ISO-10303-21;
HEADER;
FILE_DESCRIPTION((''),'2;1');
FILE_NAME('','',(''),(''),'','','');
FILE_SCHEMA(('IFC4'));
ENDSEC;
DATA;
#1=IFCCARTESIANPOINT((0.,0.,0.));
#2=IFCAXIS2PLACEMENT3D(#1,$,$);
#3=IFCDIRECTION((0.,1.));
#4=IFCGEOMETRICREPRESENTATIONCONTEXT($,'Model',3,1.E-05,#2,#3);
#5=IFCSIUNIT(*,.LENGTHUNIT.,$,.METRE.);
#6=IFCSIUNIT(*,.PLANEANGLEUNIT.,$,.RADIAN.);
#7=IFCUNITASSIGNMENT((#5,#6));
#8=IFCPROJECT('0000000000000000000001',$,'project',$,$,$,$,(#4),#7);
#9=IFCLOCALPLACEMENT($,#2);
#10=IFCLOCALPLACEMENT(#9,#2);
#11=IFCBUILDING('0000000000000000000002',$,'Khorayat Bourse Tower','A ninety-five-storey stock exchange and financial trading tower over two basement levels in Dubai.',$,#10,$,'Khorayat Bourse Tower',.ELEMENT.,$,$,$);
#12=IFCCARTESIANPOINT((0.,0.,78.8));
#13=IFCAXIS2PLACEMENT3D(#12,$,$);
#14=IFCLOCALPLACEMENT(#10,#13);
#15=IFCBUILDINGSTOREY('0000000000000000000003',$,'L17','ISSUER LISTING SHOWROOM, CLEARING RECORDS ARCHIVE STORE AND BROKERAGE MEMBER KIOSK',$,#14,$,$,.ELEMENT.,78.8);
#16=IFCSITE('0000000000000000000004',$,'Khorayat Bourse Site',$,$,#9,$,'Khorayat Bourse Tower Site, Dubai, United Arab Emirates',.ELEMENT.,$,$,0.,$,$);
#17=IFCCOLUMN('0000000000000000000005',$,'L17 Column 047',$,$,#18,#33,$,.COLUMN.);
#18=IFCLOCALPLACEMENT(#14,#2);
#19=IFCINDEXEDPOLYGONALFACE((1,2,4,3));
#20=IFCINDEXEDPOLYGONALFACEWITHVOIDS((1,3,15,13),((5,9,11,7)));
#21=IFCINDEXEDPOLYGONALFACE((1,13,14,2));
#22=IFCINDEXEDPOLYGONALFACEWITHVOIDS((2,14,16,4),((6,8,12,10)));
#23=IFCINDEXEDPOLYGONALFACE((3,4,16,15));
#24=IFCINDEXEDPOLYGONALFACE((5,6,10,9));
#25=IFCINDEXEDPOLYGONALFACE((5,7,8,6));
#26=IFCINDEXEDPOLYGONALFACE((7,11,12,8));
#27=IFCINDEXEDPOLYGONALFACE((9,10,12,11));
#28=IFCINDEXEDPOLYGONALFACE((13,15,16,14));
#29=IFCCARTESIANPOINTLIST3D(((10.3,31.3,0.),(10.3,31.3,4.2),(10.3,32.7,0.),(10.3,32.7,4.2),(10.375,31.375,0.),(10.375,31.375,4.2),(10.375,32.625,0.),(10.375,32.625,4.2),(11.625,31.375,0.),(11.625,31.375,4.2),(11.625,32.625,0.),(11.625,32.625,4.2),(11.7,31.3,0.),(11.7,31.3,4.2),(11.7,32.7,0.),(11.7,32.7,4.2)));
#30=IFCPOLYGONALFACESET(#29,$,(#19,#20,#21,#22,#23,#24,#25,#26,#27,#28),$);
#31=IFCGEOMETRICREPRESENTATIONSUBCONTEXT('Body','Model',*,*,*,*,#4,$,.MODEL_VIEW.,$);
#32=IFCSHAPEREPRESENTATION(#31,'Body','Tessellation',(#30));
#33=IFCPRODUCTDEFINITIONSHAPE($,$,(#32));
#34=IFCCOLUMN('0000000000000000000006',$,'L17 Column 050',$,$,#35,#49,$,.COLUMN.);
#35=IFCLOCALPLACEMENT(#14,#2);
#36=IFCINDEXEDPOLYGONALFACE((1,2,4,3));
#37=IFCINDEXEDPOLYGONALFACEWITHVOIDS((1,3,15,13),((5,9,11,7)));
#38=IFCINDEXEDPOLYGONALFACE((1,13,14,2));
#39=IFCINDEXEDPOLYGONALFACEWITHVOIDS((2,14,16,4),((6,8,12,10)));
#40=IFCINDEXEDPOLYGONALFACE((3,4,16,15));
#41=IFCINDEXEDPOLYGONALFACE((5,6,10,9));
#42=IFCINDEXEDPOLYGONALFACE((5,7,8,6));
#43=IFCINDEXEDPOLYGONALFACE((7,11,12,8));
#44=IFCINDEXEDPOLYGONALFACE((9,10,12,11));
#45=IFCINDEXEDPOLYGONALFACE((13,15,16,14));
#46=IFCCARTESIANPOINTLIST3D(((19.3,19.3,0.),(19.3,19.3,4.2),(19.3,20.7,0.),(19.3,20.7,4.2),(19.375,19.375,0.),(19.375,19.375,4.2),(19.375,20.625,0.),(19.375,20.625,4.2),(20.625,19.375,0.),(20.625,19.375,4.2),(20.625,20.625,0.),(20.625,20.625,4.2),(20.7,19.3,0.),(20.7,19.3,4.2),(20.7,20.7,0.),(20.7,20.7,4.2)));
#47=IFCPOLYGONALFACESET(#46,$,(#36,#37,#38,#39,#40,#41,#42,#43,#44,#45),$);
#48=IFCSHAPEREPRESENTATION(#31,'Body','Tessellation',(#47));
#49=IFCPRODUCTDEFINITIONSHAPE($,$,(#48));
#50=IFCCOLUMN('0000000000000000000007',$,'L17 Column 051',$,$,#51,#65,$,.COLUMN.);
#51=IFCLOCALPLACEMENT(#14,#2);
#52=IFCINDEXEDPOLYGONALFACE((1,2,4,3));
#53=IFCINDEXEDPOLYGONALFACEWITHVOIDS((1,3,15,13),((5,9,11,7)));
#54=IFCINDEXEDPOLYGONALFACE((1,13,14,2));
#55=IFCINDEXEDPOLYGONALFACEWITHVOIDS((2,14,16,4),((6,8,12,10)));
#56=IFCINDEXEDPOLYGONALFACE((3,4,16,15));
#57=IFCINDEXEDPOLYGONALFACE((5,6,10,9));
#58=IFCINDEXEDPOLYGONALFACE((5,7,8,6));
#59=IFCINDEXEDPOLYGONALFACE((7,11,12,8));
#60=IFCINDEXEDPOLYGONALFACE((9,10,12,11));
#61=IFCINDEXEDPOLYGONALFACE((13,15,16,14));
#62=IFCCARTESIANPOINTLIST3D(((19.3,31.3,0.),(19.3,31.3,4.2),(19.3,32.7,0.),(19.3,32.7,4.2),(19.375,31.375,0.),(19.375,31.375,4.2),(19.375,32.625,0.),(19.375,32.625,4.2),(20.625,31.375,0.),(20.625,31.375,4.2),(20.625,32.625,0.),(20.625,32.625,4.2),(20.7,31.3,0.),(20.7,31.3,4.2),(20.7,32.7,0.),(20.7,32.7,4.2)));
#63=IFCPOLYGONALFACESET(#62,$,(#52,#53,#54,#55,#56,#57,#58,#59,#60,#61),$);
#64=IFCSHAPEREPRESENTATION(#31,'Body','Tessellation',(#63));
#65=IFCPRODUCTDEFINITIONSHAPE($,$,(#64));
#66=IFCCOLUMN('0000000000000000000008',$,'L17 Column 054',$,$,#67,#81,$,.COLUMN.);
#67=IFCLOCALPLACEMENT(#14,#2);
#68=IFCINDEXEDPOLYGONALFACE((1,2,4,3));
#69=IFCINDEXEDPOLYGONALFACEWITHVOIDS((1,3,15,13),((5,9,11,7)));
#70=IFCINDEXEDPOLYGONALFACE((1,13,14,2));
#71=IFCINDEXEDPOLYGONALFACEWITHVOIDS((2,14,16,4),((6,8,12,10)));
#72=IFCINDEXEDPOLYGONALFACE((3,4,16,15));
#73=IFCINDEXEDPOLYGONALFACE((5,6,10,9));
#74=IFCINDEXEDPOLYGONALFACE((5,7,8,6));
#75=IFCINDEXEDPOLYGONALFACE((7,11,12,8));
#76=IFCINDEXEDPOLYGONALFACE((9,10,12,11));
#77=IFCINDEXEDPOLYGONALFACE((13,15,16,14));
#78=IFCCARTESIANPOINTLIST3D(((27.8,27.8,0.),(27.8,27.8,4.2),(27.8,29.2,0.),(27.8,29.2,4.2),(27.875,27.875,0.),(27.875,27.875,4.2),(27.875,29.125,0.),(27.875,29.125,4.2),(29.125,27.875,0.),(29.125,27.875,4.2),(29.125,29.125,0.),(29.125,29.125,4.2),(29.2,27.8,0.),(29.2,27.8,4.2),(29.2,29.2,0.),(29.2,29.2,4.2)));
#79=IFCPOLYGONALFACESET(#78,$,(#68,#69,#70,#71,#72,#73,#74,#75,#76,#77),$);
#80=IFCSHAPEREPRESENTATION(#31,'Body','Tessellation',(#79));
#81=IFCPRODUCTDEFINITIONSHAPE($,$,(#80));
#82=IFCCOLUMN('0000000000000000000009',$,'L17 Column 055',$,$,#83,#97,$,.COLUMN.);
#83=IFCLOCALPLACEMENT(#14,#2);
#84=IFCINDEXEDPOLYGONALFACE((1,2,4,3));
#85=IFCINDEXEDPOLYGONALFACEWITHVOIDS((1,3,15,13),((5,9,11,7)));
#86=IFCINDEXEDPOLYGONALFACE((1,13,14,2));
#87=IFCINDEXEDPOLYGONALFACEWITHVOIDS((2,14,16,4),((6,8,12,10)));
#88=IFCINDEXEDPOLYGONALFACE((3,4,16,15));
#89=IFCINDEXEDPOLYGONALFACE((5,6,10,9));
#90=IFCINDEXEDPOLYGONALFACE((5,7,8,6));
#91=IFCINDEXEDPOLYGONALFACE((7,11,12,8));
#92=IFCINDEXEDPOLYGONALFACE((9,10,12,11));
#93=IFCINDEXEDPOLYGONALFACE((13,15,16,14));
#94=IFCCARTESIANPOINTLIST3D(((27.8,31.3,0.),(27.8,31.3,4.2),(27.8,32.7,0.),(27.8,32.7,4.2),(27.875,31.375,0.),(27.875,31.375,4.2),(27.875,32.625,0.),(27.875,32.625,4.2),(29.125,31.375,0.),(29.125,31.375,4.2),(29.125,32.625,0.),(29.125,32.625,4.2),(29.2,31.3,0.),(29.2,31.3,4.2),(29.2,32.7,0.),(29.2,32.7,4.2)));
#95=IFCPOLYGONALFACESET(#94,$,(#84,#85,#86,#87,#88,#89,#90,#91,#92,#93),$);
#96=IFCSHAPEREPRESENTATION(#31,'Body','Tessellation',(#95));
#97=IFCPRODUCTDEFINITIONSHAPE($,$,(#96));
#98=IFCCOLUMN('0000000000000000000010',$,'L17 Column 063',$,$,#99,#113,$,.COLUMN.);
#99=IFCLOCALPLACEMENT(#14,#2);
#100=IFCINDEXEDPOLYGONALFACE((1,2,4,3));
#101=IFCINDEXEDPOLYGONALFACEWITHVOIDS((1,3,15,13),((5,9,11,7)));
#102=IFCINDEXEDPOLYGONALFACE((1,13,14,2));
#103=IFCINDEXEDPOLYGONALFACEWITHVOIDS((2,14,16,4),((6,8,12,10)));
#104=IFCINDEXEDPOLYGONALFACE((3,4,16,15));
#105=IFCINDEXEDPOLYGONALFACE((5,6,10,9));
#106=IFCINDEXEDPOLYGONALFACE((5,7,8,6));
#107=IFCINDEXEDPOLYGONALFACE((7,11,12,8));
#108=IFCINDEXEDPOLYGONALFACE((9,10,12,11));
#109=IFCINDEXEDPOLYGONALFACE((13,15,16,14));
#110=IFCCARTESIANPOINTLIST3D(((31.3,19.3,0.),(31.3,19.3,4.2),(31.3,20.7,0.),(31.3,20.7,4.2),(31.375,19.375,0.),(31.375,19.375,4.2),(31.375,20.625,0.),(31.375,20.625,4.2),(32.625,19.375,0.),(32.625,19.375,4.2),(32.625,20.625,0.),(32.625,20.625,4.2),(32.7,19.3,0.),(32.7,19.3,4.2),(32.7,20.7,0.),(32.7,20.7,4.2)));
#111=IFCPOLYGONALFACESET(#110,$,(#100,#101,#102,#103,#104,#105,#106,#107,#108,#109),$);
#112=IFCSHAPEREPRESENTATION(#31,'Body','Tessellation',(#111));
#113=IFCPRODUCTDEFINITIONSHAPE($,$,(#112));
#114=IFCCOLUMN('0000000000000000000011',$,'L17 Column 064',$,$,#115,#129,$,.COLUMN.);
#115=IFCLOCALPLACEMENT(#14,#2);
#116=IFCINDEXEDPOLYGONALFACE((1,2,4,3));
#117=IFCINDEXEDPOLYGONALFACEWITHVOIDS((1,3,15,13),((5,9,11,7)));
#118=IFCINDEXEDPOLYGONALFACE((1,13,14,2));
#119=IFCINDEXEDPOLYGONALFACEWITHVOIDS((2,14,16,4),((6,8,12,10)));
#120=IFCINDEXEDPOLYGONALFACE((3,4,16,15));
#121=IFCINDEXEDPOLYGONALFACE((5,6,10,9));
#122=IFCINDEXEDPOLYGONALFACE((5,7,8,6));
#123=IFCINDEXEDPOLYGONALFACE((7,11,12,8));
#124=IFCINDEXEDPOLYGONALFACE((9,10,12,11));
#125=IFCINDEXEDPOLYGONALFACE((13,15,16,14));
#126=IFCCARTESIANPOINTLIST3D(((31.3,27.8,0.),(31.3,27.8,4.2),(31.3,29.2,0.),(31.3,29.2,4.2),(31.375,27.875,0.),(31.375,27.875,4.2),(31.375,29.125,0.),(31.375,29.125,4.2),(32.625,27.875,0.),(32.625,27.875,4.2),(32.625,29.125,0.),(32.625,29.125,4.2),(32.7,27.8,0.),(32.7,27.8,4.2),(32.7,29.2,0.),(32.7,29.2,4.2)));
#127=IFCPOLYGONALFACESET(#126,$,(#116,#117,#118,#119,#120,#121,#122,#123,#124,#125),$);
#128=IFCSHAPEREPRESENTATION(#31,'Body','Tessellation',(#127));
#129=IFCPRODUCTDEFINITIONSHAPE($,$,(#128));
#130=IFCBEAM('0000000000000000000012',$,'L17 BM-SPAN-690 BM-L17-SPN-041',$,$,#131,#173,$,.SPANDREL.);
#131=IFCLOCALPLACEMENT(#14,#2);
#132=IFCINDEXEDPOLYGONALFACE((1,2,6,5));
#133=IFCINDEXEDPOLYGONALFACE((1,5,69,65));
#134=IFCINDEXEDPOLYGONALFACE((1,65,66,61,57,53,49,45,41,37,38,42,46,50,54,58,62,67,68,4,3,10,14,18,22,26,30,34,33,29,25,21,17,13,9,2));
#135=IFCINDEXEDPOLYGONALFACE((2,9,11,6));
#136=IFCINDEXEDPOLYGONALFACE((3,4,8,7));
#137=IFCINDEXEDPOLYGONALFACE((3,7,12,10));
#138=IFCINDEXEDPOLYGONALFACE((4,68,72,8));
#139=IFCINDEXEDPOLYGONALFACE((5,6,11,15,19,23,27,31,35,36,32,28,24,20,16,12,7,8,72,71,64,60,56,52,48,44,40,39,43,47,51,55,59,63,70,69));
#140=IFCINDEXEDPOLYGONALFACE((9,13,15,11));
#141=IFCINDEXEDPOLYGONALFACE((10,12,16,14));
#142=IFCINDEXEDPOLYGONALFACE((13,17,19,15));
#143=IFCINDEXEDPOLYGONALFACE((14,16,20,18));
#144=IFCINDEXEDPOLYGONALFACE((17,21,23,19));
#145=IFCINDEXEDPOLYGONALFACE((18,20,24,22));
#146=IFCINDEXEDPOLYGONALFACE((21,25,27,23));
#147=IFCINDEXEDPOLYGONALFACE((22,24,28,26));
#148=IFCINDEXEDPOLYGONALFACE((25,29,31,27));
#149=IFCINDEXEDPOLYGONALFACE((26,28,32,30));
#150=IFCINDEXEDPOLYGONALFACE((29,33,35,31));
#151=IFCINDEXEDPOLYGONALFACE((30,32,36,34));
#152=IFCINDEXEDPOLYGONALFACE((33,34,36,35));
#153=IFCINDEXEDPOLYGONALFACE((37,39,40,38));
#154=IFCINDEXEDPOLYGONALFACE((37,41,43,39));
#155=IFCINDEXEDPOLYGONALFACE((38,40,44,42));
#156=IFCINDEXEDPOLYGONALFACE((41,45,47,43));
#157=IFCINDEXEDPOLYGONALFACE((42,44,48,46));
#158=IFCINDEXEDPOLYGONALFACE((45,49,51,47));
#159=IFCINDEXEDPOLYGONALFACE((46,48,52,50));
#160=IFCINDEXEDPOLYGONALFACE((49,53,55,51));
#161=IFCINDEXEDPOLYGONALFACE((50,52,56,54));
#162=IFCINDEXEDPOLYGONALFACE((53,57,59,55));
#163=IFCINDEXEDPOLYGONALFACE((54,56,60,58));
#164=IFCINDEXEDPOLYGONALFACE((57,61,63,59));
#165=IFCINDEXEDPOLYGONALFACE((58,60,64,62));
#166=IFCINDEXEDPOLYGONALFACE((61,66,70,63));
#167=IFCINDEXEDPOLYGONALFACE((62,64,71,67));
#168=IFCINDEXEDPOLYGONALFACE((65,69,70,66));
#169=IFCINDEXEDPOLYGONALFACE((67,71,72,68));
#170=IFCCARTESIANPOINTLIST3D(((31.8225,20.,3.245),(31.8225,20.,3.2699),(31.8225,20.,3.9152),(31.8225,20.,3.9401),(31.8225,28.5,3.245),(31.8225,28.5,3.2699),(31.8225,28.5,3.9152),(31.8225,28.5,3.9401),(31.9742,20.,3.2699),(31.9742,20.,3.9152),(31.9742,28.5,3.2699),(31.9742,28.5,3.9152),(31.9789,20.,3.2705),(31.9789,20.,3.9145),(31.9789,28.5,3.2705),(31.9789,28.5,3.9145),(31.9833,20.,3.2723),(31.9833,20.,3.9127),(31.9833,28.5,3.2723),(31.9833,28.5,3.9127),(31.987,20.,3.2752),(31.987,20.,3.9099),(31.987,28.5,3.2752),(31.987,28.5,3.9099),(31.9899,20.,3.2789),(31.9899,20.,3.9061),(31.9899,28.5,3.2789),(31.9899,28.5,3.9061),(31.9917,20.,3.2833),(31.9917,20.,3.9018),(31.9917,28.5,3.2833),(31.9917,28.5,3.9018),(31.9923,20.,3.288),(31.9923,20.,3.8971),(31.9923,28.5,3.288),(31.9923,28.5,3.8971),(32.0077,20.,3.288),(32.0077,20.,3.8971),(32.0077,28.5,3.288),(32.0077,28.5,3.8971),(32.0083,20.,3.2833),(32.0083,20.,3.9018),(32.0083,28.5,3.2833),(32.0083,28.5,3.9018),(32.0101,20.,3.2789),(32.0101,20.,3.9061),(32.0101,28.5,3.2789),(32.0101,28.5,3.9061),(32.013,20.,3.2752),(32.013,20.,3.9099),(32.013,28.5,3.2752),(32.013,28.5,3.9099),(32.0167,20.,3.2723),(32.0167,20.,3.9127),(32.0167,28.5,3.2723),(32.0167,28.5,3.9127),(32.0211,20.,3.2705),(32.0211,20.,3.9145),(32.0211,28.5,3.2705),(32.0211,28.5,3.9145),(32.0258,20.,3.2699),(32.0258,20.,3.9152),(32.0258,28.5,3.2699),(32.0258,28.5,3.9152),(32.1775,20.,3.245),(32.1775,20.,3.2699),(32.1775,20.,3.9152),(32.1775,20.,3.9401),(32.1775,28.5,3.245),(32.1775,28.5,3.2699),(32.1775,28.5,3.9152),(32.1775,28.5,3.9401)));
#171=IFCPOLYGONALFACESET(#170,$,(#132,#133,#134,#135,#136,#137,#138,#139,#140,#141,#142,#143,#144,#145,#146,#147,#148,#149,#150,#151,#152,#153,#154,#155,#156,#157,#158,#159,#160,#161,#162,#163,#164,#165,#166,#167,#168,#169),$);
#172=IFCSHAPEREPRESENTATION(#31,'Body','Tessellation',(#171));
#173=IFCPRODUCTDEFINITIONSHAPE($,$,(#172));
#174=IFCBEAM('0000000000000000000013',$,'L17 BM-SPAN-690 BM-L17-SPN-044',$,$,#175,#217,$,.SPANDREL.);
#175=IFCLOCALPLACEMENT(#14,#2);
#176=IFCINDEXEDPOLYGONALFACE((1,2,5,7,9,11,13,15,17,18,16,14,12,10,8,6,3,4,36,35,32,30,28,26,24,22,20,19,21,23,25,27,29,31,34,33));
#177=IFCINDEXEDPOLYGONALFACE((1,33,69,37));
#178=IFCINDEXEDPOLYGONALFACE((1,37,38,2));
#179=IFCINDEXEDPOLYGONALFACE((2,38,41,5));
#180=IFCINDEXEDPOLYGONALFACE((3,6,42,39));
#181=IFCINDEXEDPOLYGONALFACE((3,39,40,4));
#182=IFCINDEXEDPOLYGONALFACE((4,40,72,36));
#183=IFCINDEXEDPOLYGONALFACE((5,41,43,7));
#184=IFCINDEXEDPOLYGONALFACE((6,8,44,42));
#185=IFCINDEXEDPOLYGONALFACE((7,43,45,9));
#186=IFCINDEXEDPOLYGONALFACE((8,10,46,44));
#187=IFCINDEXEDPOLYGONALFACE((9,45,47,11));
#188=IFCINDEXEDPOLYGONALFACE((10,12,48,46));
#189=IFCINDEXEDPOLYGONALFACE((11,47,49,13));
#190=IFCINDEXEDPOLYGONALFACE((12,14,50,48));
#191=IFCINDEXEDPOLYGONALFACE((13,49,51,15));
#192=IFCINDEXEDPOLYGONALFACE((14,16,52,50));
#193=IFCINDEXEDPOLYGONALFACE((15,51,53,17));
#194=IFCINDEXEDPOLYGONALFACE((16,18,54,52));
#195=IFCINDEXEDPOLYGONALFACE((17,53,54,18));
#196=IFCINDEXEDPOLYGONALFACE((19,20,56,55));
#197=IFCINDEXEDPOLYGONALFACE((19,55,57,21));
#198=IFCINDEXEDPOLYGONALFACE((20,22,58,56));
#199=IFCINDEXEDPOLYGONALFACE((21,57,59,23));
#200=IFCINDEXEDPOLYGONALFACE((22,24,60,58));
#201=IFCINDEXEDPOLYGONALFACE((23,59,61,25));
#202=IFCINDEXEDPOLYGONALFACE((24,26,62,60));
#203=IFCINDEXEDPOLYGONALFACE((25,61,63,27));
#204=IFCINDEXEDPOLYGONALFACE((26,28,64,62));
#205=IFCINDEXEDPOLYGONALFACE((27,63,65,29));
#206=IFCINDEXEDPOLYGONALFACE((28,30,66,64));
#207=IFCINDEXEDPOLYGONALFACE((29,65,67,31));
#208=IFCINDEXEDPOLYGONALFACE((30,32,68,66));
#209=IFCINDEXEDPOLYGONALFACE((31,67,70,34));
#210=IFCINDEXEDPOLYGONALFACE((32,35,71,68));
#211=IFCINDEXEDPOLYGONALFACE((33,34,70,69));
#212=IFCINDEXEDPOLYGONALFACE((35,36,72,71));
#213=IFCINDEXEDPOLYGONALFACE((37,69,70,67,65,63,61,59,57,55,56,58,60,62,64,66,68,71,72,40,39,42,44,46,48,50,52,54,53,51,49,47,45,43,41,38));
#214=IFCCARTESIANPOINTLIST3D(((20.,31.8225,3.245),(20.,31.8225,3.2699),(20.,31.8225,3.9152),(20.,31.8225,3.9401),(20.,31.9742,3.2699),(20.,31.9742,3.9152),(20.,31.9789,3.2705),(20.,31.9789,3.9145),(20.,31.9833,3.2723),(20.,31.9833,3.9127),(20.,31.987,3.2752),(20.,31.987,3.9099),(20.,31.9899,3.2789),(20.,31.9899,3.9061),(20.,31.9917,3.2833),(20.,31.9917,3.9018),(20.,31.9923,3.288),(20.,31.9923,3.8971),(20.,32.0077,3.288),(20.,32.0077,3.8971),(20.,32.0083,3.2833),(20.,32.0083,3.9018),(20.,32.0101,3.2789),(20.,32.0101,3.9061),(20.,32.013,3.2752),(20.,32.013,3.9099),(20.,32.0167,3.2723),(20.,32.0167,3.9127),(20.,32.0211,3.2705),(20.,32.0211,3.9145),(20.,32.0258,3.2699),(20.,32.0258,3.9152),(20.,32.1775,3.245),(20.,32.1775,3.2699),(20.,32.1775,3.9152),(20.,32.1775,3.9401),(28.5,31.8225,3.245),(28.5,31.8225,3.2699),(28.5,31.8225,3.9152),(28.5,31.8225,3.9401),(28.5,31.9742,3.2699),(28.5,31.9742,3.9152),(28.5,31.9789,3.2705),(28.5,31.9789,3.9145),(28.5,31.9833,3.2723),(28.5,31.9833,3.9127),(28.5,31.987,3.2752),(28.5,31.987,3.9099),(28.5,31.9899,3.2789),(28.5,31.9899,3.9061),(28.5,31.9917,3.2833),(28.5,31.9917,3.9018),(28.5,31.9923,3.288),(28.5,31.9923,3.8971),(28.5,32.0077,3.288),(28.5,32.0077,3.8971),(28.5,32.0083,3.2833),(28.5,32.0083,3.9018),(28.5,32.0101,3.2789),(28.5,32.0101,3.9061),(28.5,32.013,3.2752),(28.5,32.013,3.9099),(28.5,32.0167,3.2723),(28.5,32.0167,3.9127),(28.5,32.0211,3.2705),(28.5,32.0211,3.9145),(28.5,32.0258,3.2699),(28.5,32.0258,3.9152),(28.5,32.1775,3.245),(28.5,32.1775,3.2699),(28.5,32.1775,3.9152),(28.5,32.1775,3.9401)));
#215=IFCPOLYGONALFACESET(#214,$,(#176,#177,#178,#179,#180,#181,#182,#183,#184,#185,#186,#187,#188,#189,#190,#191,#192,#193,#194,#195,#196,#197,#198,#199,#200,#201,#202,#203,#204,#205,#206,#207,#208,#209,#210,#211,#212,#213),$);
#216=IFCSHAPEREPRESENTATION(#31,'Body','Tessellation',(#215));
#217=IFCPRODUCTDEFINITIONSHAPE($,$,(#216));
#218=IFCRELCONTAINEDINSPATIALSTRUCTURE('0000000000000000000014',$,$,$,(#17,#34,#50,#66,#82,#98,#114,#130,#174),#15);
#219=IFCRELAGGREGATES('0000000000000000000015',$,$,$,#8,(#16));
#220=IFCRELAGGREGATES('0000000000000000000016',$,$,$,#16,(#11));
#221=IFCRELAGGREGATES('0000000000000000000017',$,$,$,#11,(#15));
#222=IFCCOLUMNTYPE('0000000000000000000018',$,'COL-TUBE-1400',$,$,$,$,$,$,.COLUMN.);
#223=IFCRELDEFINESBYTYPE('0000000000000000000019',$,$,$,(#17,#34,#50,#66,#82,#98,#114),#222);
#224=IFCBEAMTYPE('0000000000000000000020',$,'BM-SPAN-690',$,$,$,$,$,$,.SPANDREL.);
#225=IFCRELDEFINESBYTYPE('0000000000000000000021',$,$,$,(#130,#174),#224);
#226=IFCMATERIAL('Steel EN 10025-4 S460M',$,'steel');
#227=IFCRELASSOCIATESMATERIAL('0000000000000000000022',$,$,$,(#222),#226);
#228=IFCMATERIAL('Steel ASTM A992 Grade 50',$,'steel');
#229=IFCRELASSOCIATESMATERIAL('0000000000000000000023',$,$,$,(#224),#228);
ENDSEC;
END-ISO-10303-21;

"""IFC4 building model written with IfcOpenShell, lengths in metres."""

from ifc_helpers import new_model, si_unit, direction, frame, origin, origin_2d, place, context, subcontext, project, spatial, hollow_rectangle, i_section, extrude, source, transform, mapped, material, material_profile, profile_set, type_object, element, save


model = new_model("IFC4")

# Units and contexts
model_context = context("Model", 3, precision=1e-05, world=origin(), true_north=direction((0.0, 1.0)))
body_context = subcontext(model_context, "Body", "Model", "MODEL_VIEW")
ifc_project = project(units=[si_unit("LENGTHUNIT", "METRE"), si_unit("PLANEANGLEUNIT", "RADIAN")], contexts=[model_context])

# Site, building, storey
site_placement = place(None, origin())
site = spatial("IfcSite", under=ifc_project, at=site_placement, Name="Khorayat Bourse Site", LongName="Khorayat Bourse Tower Site, Dubai, United Arab Emirates", CompositionType="ELEMENT", RefElevation=0.0)
building_placement = place(site_placement, origin())
building = spatial("IfcBuilding", under=site, at=building_placement, Name="Khorayat Bourse Tower", Description="A ninety-five-storey stock exchange and financial trading tower over two basement levels in Dubai.", LongName="Khorayat Bourse Tower", CompositionType="ELEMENT")
storey_placement = place(building_placement, frame((0.0, 0.0, 78.8)))
storey = spatial("IfcBuildingStorey", under=building, at=storey_placement, Name="L17", Description="ISSUER LISTING SHOWROOM, CLEARING RECORDS ARCHIVE STORE AND BROKERAGE MEMBER KIOSK", CompositionType="ELEMENT", Elevation=78.8)

# Columns
ifc_material_1 = material(Name="Steel EN 10025-4 S460M", Category="steel")
ifc_material_profile_1 = material_profile(ifc_material_1, hollow_rectangle(XDim=1.3999, YDim=1.3999, WallThickness=0.075, at=origin_2d()), Name="BOX 1400x1400x75")
ifc_profile_set_1 = profile_set([ifc_material_profile_1], Name="Steel EN 10025-4 S460M")
column_type = type_object("IfcColumnType", Name="COL-TUBE-1400", PredefinedType="COLUMN", material=ifc_profile_set_1)
shared_shape_1 = source(origin(), body_context, "Body", "SweptSolid", [
    extrude(hollow_rectangle(XDim=1.3999, YDim=1.3999, WallThickness=0.075, at=origin_2d()), origin(), (0.0, 0.0, 1.0), 4.2),
])
for number, where, z_axis, x_axis, name in (
    (1, (11.0, 32.0, 0.0), (0.0, 0.0, 1.0), (1.0, 0.0, 0.0), "L17 Column 047"),
    (2, (20.0, 20.0, 0.0), (0.0, 0.0, 1.0), (1.0, 0.0, 0.0), "L17 Column 050"),
    (3, (20.0, 32.0, 0.0), (0.0, 0.0, 1.0), (1.0, 0.0, 0.0), "L17 Column 051"),
    (4, (28.5, 28.5, 0.0), (0.0, 0.0, 1.0), (1.0, 0.0, 0.0), "L17 Column 054"),
    (5, (28.5, 32.0, 0.0), (0.0, 0.0, 1.0), (1.0, 0.0, 0.0), "L17 Column 055"),
    (6, (32.0, 20.0, 0.0), (0.0, 0.0, 1.0), (1.0, 0.0, 0.0), "L17 Column 063"),
    (7, (32.0, 28.5, 0.0), (0.0, 0.0, 1.0), (1.0, 0.0, 0.0), "L17 Column 064"),
):
    element("IfcColumn", number, at=place(storey_placement, frame(where, z_axis=z_axis, x_axis=x_axis)), inside=storey, type_object=column_type, Name=name, PredefinedType="COLUMN", context=body_context, shape_type="MappedRepresentation", body=[
        mapped(shared_shape_1, transform((0.0, 0.0, 0.0), scale=1.0)),
    ])

# Beams
ifc_material_2 = material(Name="Steel ASTM A992 Grade 50", Category="steel")
ifc_material_profile_2 = material_profile(ifc_material_2, i_section(OverallWidth=0.355, OverallDepth=0.6951, WebThickness=0.0154, FlangeThickness=0.0249, FilletRadius=0.0181, at=origin_2d()), Name="W690X217")
ifc_profile_set_2 = profile_set([ifc_material_profile_2], Name="Steel ASTM A992 Grade 50")
beam_type_1 = type_object("IfcBeamType", Name="BM-SPAN-690", PredefinedType="SPANDREL", material=ifc_profile_set_2)
shared_shape_2 = source(origin(), body_context, "Body", "SweptSolid", [
    extrude(i_section(OverallWidth=0.355, OverallDepth=0.6951, WebThickness=0.0154, FlangeThickness=0.0249, FilletRadius=0.0181, at=origin_2d()), origin(), (0.0, 0.0, 1.0), 8.5),
])
for number, where, z_axis, x_axis, name in (
    (8, (32.0, 20.0, 3.5925), (0.0, 1.0, 0.0), (-1.0, 0.0, 0.0), "L17 BM-SPAN-690 BM-L17-SPN-041"),
    (9, (20.0, 32.0, 3.5925), (1.0, 0.0, 0.0), (0.0, 1.0, 0.0), "L17 BM-SPAN-690 BM-L17-SPN-044"),
):
    element("IfcBeam", number, at=place(storey_placement, frame(where, z_axis=z_axis, x_axis=x_axis)), inside=storey, type_object=beam_type_1, Name=name, PredefinedType="SPANDREL", context=body_context, shape_type="MappedRepresentation", body=[
        mapped(shared_shape_2, transform((0.0, 0.0, 0.0), scale=1.0)),
    ])

save(model, "model.ifc")
